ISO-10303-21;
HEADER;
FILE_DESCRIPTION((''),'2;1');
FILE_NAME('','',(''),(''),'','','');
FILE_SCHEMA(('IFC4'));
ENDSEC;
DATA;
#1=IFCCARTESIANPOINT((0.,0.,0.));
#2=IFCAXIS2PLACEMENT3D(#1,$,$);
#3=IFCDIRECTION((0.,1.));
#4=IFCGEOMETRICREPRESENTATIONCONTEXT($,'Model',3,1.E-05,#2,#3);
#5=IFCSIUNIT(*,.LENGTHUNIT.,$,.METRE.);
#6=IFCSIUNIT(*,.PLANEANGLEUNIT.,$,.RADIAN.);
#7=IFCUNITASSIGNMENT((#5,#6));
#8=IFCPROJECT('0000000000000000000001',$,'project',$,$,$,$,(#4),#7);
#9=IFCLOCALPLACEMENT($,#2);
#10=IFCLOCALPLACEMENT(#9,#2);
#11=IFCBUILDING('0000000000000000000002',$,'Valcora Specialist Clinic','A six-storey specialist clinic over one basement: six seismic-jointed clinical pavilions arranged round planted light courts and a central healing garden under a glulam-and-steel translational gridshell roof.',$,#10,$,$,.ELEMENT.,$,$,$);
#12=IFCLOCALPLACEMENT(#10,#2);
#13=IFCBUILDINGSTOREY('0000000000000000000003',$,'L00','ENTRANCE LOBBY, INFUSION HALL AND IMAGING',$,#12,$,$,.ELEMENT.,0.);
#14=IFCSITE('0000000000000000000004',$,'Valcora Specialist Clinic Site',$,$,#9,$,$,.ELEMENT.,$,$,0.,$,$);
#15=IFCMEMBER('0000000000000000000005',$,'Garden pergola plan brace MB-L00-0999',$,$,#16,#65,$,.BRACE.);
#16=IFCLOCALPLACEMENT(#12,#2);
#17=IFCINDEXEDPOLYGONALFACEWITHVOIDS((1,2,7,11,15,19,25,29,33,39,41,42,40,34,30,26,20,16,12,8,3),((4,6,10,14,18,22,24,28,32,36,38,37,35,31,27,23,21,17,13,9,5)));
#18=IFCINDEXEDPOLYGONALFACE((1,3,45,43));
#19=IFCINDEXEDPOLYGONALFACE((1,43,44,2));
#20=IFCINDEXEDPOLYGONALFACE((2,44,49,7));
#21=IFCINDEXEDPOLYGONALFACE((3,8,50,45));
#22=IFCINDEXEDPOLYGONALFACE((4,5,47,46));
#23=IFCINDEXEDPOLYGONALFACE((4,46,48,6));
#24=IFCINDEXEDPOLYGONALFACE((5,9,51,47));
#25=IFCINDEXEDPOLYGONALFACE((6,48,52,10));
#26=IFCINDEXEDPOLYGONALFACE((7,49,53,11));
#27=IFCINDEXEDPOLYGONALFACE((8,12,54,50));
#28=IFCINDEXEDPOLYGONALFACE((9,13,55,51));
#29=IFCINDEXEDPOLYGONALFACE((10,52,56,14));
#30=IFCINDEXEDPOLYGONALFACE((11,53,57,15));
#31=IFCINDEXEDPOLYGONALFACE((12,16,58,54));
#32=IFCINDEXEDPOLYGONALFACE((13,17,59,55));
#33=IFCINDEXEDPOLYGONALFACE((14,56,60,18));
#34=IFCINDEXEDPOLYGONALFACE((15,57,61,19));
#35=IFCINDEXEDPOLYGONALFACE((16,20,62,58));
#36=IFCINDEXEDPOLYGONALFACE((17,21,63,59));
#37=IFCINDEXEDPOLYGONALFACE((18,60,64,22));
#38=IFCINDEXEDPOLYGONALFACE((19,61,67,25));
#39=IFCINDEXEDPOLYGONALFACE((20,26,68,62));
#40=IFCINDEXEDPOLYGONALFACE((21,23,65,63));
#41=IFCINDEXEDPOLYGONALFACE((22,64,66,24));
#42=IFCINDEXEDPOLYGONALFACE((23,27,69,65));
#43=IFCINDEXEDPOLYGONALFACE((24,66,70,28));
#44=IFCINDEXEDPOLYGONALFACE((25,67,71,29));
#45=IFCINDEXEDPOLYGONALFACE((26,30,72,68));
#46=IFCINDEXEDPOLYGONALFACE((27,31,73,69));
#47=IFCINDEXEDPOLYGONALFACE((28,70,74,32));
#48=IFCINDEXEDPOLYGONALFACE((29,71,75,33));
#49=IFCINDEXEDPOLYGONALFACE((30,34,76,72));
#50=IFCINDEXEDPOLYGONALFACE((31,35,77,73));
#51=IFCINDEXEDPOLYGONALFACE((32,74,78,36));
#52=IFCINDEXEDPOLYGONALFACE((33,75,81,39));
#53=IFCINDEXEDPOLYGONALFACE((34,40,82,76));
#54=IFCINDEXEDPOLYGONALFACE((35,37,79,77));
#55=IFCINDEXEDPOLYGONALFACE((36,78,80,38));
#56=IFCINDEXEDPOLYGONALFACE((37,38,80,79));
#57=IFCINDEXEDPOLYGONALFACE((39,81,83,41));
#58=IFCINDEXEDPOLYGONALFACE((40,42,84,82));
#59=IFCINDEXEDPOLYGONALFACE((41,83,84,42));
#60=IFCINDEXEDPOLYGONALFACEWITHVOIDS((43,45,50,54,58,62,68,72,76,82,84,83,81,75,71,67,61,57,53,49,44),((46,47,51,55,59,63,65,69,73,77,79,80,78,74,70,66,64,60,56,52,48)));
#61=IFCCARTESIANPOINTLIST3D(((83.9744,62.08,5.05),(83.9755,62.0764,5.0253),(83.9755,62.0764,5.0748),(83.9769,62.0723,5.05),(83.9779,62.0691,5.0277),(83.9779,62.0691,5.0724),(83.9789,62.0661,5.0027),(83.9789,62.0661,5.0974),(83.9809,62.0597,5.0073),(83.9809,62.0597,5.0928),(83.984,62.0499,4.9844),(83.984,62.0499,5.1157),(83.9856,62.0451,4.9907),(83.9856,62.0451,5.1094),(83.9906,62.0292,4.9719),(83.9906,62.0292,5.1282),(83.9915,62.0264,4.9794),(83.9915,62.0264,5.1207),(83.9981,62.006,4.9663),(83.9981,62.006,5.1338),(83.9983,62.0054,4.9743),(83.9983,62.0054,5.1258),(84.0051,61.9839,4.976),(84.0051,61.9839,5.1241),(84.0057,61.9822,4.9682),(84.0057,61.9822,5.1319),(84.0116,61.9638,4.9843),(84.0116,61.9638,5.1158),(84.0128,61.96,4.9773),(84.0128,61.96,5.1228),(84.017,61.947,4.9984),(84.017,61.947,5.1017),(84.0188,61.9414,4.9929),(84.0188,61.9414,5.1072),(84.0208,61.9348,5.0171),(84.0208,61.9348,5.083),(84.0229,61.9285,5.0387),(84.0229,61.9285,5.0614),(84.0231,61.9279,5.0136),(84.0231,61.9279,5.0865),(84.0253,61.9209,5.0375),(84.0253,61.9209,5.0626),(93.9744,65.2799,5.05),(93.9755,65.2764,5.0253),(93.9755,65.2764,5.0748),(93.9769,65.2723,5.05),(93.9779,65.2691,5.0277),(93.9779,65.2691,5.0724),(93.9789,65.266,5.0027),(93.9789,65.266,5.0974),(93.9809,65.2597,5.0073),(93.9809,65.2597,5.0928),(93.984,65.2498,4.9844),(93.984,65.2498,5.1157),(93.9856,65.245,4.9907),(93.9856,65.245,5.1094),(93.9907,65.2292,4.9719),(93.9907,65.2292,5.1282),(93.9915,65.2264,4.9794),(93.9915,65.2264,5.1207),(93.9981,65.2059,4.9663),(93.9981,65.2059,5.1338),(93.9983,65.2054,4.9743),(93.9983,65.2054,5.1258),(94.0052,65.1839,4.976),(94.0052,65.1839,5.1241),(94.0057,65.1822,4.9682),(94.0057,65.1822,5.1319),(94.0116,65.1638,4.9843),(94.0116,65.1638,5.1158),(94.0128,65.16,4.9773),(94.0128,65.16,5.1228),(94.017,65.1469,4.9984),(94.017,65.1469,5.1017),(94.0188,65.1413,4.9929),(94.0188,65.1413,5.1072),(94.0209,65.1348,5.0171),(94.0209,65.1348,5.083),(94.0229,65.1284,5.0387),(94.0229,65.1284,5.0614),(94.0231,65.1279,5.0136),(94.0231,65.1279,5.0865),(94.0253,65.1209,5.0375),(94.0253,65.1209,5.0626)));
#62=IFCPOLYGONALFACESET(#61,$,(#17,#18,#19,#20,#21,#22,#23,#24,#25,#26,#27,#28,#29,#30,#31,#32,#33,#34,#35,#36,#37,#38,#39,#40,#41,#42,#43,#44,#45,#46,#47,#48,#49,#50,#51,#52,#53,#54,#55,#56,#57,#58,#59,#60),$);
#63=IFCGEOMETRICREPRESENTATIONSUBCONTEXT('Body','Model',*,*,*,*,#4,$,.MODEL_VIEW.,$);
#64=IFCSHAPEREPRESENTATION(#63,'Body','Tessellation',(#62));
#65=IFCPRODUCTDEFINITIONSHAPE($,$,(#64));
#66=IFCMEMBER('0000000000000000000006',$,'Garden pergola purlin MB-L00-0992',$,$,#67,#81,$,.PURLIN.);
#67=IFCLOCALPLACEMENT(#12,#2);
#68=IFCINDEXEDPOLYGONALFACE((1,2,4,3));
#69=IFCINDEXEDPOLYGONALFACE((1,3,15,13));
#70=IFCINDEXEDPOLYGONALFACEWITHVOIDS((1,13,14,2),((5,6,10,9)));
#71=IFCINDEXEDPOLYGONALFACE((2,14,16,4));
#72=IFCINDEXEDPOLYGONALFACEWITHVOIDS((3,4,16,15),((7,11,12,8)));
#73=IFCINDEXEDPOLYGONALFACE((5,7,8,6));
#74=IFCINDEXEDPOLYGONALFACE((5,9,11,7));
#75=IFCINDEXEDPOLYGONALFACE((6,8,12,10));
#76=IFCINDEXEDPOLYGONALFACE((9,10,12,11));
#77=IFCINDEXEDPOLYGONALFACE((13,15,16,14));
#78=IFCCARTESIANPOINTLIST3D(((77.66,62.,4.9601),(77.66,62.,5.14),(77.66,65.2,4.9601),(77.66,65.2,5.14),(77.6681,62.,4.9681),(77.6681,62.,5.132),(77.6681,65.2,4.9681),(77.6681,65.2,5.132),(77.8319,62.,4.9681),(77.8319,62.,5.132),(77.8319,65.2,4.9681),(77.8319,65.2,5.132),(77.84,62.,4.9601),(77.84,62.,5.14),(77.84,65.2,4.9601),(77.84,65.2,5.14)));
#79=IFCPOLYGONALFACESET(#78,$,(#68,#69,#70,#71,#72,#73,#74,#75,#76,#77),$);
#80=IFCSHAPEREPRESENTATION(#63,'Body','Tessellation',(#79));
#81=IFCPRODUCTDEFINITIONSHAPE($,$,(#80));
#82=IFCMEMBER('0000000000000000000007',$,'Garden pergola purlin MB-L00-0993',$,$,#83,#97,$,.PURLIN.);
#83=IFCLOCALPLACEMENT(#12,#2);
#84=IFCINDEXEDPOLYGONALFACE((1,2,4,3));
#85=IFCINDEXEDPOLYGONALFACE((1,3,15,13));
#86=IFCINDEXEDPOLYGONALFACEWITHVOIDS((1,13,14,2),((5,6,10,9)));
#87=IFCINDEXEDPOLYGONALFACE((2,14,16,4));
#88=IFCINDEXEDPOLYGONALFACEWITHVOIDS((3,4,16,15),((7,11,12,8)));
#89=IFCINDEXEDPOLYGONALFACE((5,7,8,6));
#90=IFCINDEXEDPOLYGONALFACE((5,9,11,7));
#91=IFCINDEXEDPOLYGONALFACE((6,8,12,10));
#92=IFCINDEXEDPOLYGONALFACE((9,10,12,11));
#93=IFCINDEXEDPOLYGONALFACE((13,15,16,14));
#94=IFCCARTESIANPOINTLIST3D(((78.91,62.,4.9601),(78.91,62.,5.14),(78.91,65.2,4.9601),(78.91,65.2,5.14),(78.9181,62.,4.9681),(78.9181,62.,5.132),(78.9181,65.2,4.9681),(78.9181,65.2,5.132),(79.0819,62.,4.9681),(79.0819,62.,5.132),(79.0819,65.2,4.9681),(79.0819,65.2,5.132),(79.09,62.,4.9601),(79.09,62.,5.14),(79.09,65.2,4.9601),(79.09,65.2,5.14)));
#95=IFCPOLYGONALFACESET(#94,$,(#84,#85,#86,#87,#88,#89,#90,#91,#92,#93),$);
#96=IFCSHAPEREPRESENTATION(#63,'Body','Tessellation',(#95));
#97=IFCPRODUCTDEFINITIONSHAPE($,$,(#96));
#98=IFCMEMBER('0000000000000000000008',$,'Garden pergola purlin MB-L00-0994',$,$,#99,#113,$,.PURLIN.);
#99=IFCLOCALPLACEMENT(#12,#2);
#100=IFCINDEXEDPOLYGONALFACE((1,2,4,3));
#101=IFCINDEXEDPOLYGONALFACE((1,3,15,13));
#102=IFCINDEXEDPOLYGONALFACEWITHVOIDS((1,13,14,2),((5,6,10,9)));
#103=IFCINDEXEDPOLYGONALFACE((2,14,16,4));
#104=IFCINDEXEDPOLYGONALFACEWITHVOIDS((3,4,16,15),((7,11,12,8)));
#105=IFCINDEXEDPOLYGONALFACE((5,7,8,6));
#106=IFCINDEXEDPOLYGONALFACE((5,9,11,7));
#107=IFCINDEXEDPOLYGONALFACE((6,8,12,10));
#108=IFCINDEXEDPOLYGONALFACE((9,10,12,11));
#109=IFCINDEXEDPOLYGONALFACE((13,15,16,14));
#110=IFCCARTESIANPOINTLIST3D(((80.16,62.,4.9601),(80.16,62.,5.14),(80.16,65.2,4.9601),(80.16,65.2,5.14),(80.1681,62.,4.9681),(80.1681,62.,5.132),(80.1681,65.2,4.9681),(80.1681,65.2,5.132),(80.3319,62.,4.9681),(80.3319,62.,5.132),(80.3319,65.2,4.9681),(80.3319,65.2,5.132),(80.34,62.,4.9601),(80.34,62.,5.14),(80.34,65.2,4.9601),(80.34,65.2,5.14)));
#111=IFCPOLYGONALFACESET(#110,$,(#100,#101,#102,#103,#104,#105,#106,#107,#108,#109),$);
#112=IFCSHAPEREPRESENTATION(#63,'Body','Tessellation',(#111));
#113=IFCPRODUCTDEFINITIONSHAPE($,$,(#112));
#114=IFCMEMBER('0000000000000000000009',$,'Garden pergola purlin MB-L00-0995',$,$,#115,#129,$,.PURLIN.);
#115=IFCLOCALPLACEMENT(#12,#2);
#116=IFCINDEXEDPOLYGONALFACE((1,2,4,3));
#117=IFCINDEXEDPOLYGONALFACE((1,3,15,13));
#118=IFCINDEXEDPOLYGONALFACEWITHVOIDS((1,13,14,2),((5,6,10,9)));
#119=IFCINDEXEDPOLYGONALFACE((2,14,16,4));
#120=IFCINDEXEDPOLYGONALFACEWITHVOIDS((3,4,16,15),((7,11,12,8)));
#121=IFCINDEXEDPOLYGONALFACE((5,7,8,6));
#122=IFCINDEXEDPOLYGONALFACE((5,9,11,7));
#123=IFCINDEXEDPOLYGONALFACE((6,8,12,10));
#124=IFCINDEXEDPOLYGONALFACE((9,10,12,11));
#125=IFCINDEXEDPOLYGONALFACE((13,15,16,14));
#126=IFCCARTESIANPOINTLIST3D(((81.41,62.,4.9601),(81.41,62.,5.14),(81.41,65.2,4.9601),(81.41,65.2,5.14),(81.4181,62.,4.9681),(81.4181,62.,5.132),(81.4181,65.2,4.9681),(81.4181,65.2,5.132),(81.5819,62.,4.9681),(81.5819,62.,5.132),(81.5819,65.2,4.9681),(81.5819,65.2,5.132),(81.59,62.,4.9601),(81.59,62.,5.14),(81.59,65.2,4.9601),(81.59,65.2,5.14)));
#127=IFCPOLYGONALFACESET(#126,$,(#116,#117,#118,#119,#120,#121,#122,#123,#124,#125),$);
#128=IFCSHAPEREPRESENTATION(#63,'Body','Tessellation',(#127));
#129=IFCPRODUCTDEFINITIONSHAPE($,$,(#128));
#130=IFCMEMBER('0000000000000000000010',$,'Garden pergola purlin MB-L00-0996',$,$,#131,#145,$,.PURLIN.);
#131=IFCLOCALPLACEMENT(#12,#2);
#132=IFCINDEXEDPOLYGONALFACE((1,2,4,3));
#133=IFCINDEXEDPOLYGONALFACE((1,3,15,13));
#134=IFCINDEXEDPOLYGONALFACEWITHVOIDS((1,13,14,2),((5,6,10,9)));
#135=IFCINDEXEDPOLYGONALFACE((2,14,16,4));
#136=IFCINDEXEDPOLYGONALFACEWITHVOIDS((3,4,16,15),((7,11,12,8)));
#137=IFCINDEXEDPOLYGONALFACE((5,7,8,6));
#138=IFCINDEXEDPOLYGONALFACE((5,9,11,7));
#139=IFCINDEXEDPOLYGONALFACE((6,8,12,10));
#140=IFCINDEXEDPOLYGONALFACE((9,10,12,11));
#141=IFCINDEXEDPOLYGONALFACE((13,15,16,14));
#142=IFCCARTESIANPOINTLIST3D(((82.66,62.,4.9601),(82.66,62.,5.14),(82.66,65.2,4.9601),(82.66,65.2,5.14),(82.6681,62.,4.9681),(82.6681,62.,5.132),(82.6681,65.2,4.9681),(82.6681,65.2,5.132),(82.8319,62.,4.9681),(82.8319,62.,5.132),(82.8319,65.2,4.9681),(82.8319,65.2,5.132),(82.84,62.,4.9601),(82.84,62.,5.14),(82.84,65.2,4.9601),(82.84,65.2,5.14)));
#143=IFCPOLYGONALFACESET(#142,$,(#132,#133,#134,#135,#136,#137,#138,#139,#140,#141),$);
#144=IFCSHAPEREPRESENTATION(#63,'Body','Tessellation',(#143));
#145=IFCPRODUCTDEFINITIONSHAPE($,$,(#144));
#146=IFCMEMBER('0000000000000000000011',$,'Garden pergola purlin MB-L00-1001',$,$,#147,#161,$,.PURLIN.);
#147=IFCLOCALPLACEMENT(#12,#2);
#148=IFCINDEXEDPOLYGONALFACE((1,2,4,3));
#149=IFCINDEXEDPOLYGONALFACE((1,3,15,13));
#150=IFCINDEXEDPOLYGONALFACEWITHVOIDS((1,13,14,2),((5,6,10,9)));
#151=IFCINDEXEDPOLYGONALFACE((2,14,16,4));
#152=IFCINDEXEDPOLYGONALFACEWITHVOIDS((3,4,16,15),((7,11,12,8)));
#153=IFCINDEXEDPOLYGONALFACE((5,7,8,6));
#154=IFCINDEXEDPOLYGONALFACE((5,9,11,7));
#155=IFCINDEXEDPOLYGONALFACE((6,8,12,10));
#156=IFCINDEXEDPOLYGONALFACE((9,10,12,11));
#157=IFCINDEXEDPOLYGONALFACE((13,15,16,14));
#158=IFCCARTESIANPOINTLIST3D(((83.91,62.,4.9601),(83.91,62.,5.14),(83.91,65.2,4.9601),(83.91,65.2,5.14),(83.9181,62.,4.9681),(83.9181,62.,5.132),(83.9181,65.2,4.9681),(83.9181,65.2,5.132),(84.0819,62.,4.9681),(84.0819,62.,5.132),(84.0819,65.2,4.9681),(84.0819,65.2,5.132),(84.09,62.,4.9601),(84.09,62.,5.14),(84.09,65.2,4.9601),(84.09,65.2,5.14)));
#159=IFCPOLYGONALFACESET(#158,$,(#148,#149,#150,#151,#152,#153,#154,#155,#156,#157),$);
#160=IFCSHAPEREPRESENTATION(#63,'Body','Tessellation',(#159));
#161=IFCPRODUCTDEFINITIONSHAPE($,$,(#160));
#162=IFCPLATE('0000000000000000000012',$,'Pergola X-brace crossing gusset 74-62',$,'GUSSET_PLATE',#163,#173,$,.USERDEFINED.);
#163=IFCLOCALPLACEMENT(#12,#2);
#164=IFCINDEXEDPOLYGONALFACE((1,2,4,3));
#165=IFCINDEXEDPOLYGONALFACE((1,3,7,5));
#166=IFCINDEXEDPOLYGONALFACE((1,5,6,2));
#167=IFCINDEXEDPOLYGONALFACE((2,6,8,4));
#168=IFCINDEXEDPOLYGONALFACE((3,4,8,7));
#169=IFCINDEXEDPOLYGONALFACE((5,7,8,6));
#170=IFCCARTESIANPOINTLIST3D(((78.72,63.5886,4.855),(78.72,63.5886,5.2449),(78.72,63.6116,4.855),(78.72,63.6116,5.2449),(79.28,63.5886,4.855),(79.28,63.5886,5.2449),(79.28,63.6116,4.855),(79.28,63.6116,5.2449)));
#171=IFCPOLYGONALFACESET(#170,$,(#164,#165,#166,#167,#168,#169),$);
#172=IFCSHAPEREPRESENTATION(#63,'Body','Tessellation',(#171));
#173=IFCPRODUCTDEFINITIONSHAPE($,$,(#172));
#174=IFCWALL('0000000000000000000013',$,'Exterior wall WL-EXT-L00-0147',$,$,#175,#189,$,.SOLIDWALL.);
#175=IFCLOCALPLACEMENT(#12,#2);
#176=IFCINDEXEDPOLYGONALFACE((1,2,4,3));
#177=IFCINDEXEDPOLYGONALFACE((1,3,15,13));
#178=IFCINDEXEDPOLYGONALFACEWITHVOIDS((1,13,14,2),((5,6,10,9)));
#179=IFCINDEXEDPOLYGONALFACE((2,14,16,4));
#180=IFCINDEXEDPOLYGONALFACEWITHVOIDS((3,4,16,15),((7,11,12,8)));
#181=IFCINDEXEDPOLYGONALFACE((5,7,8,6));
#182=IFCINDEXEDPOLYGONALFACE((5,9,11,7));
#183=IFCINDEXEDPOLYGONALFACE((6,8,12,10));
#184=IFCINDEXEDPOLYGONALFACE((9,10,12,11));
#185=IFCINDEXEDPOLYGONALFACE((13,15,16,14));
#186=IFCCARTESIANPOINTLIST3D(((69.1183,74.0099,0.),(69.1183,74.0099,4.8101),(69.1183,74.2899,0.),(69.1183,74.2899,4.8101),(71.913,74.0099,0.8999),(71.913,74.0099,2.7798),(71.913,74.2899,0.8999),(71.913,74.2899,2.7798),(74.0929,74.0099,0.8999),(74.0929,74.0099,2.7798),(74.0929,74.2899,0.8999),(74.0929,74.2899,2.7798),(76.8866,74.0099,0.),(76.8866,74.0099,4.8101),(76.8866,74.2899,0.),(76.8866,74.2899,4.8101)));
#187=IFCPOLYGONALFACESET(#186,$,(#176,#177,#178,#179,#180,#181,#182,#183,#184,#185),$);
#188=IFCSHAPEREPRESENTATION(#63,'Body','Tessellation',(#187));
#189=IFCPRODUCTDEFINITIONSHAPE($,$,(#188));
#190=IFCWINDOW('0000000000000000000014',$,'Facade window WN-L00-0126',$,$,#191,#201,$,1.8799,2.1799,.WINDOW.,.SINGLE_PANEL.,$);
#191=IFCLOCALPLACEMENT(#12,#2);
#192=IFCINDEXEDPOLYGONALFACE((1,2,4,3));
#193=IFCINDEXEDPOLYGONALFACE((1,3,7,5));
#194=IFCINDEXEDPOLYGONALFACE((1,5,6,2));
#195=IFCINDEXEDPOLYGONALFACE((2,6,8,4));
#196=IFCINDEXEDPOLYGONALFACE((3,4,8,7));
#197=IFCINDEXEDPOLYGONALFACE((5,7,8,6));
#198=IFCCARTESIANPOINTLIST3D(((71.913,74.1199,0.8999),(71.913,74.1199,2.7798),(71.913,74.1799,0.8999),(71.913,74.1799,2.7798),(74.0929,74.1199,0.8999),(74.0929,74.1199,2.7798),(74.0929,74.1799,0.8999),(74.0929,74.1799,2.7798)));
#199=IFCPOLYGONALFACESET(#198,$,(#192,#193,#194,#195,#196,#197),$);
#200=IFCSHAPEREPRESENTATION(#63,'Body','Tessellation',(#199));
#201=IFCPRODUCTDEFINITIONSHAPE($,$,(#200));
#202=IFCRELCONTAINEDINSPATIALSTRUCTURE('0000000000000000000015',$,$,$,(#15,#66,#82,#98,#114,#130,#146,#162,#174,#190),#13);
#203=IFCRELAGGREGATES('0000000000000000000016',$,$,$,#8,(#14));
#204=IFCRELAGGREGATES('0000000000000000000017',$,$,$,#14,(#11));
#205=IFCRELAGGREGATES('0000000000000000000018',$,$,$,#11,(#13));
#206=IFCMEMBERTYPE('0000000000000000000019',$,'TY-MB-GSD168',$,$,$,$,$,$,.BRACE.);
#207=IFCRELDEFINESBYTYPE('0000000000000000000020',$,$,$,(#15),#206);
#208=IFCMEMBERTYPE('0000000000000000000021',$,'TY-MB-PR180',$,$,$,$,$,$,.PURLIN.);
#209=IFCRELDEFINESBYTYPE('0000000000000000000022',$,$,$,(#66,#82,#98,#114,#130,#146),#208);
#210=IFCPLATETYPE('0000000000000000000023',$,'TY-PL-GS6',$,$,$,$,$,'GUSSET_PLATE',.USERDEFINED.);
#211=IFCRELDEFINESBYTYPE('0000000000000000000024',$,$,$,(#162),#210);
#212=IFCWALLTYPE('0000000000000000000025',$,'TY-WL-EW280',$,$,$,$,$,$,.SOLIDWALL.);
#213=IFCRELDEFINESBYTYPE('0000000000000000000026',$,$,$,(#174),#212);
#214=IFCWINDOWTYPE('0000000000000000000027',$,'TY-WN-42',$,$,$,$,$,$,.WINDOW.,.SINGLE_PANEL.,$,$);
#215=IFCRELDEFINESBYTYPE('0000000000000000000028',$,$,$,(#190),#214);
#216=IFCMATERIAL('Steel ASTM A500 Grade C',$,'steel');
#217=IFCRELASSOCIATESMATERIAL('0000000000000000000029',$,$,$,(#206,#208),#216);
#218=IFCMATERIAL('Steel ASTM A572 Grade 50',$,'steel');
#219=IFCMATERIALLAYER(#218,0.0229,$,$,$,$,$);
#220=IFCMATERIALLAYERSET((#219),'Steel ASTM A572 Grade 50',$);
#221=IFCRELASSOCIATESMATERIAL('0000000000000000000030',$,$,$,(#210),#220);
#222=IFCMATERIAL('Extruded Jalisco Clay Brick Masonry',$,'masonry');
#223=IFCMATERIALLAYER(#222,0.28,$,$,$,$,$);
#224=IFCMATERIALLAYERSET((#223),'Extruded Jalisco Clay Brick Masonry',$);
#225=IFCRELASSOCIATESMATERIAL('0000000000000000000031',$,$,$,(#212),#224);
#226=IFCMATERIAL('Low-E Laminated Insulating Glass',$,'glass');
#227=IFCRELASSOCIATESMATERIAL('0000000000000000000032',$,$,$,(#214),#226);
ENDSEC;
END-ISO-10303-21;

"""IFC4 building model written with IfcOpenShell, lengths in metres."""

from ifc_helpers import new_model, si_unit, direction, frame, frame_2d, origin, origin_2d, place, context, subcontext, project, spatial, rectangle, hollow_rectangle, hollow_circle, extrude, material, layer, layer_set, material_profile, profile_set, type_object, element, fill, save


model = new_model("IFC4")

# Units and contexts
model_context = context("Model", 3, precision=1e-05, world=origin(), true_north=direction((0.0, 1.0)))
body_context = subcontext(model_context, "Body", "Model", "MODEL_VIEW")
ifc_project = project(units=[si_unit("LENGTHUNIT", "METRE"), si_unit("PLANEANGLEUNIT", "RADIAN")], contexts=[model_context])

# Site, building, storey
site_placement = place(None, origin())
site = spatial("IfcSite", under=ifc_project, at=site_placement, Name="Valcora Specialist Clinic Site", CompositionType="ELEMENT", RefElevation=0.0)
building_placement = place(site_placement, origin())
building = spatial("IfcBuilding", under=site, at=building_placement, Name="Valcora Specialist Clinic", Description="A six-storey specialist clinic over one basement: six seismic-jointed clinical pavilions arranged round planted light courts and a central healing garden under a glulam-and-steel translational gridshell roof.", CompositionType="ELEMENT")
storey_placement = place(building_placement, origin())
storey = spatial("IfcBuildingStorey", under=building, at=storey_placement, Name="L00", Description="ENTRANCE LOBBY, INFUSION HALL AND IMAGING", CompositionType="ELEMENT", Elevation=0.0)

# Members
ifc_material_1 = material(Name="Steel ASTM A500 Grade C", Category="steel")
ifc_material_profile_1 = material_profile(ifc_material_1, hollow_circle(Radius=0.084, WallThickness=0.0081, at=origin_2d()), Name="ST-CHS-168X8")
ifc_profile_set_1 = profile_set([ifc_material_profile_1], Name="Steel ASTM A500 Grade C")
member_type_1 = type_object("IfcMemberType", Name="TY-MB-GSD168", PredefinedType="BRACE", material=ifc_profile_set_1)
member_1_placement = place(storey_placement, frame((84.0, 62.0, 5.05), z_axis=(0.952425, 0.304772, 0.0), x_axis=(-0.304772, 0.952425, 0.0)))
element("IfcMember", 1, at=member_1_placement, inside=storey, type_object=member_type_1, Name="Garden pergola plan brace MB-L00-0999", PredefinedType="BRACE", context=body_context, shape_type="SweptSolid", body=[
    extrude(hollow_circle(Radius=0.084, WallThickness=0.0081, at=origin_2d()), origin(), (0.0, 0.0, 1.0), 10.4995),
])
ifc_material_profile_2 = material_profile(ifc_material_1, hollow_rectangle(XDim=0.1799, YDim=0.1799, WallThickness=0.0081, at=origin_2d()), Name="ST-RHS-180X180X8")
ifc_profile_set_2 = profile_set([ifc_material_profile_2], Name="Steel ASTM A500 Grade C")
member_type_2 = type_object("IfcMemberType", Name="TY-MB-PR180", PredefinedType="PURLIN", material=ifc_profile_set_2)
for number, where, z_axis, x_axis, name in (
    (2, (77.75, 62.0, 5.05), (0.0, 1.0, 0.0), (-1.0, 0.0, 0.0), "Garden pergola purlin MB-L00-0992"),
    (3, (79.0, 62.0, 5.05), (0.0, 1.0, 0.0), (-1.0, 0.0, 0.0), "Garden pergola purlin MB-L00-0993"),
    (4, (80.25, 62.0, 5.05), (0.0, 1.0, 0.0), (-1.0, 0.0, 0.0), "Garden pergola purlin MB-L00-0994"),
    (5, (81.5, 62.0, 5.05), (0.0, 1.0, 0.0), (-1.0, 0.0, 0.0), "Garden pergola purlin MB-L00-0995"),
    (6, (82.75, 62.0, 5.05), (0.0, 1.0, 0.0), (-1.0, 0.0, 0.0), "Garden pergola purlin MB-L00-0996"),
    (7, (84.0, 62.0, 5.05), (0.0, 1.0, 0.0), (-1.0, 0.0, 0.0), "Garden pergola purlin MB-L00-1001"),
):
    element("IfcMember", number, at=place(storey_placement, frame(where, z_axis=z_axis, x_axis=x_axis)), inside=storey, type_object=member_type_2, Name=name, PredefinedType="PURLIN", context=body_context, shape_type="SweptSolid", body=[
        extrude(hollow_rectangle(XDim=0.1799, YDim=0.1799, WallThickness=0.0081, at=origin_2d()), origin(), (0.0, 0.0, 1.0), 3.2),
    ])

# Plate
ifc_material_2 = material(Name="Steel ASTM A572 Grade 50", Category="steel")
ifc_layer_1 = layer(ifc_material_2, 0.0229)
ifc_layer_set_1 = layer_set([ifc_layer_1], Name="Steel ASTM A572 Grade 50")
plate_type = type_object("IfcPlateType", Name="TY-PL-GS6", ElementType="GUSSET_PLATE", PredefinedType="USERDEFINED", material=ifc_layer_set_1)
plate_placement = place(storey_placement, frame((79.0, 63.6001, 4.855), z_axis=(0.0, 0.0, 1.0), x_axis=(1.0, 0.0, 0.0)))
element("IfcPlate", 8, at=plate_placement, inside=storey, type_object=plate_type, Name="Pergola X-brace crossing gusset 74-62", ObjectType="GUSSET_PLATE", PredefinedType="USERDEFINED", context=body_context, shape_type="SweptSolid", body=[
    extrude(rectangle(XDim=0.5601, YDim=0.0229, at=origin_2d()), origin(), (0.0, 0.0, 1.0), 0.3899),
])

# Wall, opening, window
ifc_material_3 = material(Name="Extruded Jalisco Clay Brick Masonry", Category="masonry")
ifc_layer_2 = layer(ifc_material_3, 0.28)
ifc_layer_set_2 = layer_set([ifc_layer_2], Name="Extruded Jalisco Clay Brick Masonry")
wall_type_1 = type_object("IfcWallType", Name="TY-WL-EW280", PredefinedType="SOLIDWALL", material=ifc_layer_set_2)
wall_1_placement = place(storey_placement, frame((76.8867, 74.1499, 0.0), z_axis=(0.0, 0.0, 1.0), x_axis=(-1.0, 0.0, 0.0)))
wall_1 = element("IfcWall", 9, at=wall_1_placement, inside=storey, type_object=wall_type_1, Name="Exterior wall WL-EXT-L00-0147", PredefinedType="SOLIDWALL", context=body_context, shape_type="SweptSolid", body=[
    extrude(rectangle(XDim=7.7683, YDim=0.28, at=frame_2d((3.8843, 0.0))), origin(), (0.0, 0.0, 1.0), 4.8101),
])
opening_1_placement = place(wall_1_placement, frame((2.7939, 0.0, 0.8999)))
opening_1 = element("IfcOpeningElement", 10, at=opening_1_placement, cuts=wall_1, PredefinedType="OPENING", context=body_context, shape_type="SweptSolid", body=[
    extrude(rectangle(XDim=2.1799, YDim=1.8799, at=frame_2d((1.0898, 0.9399))), frame((0.0, 0.1499, 0.0), z_axis=(0.0, -1.0, 0.0), x_axis=(1.0, 0.0, 0.0)), (0.0, 0.0, 1.0), 0.3),
])
ifc_material_4 = material(Name="Low-E Laminated Insulating Glass", Category="glass")
window_type = type_object("IfcWindowType", Name="TY-WN-42", PartitioningType="SINGLE_PANEL", PredefinedType="WINDOW", material=ifc_material_4)
window_placement = place(opening_1_placement, origin())
window = element("IfcWindow", 11, at=window_placement, inside=storey, type_object=window_type, Name="Facade window WN-L00-0126", OverallHeight=1.8799, OverallWidth=2.1799, PartitioningType="SINGLE_PANEL", PredefinedType="WINDOW", context=body_context, shape_type="SweptSolid", body=[
    extrude(rectangle(XDim=2.1799, YDim=1.8799, at=frame_2d((1.0898, 0.9399))), frame((0.0, 0.03, 0.0), z_axis=(0.0, -1.0, 0.0), x_axis=(1.0, 0.0, 0.0)), (0.0, 0.0, 1.0), 0.0601),
])
fill(opening_1, window)

save(model, "model.ifc")
